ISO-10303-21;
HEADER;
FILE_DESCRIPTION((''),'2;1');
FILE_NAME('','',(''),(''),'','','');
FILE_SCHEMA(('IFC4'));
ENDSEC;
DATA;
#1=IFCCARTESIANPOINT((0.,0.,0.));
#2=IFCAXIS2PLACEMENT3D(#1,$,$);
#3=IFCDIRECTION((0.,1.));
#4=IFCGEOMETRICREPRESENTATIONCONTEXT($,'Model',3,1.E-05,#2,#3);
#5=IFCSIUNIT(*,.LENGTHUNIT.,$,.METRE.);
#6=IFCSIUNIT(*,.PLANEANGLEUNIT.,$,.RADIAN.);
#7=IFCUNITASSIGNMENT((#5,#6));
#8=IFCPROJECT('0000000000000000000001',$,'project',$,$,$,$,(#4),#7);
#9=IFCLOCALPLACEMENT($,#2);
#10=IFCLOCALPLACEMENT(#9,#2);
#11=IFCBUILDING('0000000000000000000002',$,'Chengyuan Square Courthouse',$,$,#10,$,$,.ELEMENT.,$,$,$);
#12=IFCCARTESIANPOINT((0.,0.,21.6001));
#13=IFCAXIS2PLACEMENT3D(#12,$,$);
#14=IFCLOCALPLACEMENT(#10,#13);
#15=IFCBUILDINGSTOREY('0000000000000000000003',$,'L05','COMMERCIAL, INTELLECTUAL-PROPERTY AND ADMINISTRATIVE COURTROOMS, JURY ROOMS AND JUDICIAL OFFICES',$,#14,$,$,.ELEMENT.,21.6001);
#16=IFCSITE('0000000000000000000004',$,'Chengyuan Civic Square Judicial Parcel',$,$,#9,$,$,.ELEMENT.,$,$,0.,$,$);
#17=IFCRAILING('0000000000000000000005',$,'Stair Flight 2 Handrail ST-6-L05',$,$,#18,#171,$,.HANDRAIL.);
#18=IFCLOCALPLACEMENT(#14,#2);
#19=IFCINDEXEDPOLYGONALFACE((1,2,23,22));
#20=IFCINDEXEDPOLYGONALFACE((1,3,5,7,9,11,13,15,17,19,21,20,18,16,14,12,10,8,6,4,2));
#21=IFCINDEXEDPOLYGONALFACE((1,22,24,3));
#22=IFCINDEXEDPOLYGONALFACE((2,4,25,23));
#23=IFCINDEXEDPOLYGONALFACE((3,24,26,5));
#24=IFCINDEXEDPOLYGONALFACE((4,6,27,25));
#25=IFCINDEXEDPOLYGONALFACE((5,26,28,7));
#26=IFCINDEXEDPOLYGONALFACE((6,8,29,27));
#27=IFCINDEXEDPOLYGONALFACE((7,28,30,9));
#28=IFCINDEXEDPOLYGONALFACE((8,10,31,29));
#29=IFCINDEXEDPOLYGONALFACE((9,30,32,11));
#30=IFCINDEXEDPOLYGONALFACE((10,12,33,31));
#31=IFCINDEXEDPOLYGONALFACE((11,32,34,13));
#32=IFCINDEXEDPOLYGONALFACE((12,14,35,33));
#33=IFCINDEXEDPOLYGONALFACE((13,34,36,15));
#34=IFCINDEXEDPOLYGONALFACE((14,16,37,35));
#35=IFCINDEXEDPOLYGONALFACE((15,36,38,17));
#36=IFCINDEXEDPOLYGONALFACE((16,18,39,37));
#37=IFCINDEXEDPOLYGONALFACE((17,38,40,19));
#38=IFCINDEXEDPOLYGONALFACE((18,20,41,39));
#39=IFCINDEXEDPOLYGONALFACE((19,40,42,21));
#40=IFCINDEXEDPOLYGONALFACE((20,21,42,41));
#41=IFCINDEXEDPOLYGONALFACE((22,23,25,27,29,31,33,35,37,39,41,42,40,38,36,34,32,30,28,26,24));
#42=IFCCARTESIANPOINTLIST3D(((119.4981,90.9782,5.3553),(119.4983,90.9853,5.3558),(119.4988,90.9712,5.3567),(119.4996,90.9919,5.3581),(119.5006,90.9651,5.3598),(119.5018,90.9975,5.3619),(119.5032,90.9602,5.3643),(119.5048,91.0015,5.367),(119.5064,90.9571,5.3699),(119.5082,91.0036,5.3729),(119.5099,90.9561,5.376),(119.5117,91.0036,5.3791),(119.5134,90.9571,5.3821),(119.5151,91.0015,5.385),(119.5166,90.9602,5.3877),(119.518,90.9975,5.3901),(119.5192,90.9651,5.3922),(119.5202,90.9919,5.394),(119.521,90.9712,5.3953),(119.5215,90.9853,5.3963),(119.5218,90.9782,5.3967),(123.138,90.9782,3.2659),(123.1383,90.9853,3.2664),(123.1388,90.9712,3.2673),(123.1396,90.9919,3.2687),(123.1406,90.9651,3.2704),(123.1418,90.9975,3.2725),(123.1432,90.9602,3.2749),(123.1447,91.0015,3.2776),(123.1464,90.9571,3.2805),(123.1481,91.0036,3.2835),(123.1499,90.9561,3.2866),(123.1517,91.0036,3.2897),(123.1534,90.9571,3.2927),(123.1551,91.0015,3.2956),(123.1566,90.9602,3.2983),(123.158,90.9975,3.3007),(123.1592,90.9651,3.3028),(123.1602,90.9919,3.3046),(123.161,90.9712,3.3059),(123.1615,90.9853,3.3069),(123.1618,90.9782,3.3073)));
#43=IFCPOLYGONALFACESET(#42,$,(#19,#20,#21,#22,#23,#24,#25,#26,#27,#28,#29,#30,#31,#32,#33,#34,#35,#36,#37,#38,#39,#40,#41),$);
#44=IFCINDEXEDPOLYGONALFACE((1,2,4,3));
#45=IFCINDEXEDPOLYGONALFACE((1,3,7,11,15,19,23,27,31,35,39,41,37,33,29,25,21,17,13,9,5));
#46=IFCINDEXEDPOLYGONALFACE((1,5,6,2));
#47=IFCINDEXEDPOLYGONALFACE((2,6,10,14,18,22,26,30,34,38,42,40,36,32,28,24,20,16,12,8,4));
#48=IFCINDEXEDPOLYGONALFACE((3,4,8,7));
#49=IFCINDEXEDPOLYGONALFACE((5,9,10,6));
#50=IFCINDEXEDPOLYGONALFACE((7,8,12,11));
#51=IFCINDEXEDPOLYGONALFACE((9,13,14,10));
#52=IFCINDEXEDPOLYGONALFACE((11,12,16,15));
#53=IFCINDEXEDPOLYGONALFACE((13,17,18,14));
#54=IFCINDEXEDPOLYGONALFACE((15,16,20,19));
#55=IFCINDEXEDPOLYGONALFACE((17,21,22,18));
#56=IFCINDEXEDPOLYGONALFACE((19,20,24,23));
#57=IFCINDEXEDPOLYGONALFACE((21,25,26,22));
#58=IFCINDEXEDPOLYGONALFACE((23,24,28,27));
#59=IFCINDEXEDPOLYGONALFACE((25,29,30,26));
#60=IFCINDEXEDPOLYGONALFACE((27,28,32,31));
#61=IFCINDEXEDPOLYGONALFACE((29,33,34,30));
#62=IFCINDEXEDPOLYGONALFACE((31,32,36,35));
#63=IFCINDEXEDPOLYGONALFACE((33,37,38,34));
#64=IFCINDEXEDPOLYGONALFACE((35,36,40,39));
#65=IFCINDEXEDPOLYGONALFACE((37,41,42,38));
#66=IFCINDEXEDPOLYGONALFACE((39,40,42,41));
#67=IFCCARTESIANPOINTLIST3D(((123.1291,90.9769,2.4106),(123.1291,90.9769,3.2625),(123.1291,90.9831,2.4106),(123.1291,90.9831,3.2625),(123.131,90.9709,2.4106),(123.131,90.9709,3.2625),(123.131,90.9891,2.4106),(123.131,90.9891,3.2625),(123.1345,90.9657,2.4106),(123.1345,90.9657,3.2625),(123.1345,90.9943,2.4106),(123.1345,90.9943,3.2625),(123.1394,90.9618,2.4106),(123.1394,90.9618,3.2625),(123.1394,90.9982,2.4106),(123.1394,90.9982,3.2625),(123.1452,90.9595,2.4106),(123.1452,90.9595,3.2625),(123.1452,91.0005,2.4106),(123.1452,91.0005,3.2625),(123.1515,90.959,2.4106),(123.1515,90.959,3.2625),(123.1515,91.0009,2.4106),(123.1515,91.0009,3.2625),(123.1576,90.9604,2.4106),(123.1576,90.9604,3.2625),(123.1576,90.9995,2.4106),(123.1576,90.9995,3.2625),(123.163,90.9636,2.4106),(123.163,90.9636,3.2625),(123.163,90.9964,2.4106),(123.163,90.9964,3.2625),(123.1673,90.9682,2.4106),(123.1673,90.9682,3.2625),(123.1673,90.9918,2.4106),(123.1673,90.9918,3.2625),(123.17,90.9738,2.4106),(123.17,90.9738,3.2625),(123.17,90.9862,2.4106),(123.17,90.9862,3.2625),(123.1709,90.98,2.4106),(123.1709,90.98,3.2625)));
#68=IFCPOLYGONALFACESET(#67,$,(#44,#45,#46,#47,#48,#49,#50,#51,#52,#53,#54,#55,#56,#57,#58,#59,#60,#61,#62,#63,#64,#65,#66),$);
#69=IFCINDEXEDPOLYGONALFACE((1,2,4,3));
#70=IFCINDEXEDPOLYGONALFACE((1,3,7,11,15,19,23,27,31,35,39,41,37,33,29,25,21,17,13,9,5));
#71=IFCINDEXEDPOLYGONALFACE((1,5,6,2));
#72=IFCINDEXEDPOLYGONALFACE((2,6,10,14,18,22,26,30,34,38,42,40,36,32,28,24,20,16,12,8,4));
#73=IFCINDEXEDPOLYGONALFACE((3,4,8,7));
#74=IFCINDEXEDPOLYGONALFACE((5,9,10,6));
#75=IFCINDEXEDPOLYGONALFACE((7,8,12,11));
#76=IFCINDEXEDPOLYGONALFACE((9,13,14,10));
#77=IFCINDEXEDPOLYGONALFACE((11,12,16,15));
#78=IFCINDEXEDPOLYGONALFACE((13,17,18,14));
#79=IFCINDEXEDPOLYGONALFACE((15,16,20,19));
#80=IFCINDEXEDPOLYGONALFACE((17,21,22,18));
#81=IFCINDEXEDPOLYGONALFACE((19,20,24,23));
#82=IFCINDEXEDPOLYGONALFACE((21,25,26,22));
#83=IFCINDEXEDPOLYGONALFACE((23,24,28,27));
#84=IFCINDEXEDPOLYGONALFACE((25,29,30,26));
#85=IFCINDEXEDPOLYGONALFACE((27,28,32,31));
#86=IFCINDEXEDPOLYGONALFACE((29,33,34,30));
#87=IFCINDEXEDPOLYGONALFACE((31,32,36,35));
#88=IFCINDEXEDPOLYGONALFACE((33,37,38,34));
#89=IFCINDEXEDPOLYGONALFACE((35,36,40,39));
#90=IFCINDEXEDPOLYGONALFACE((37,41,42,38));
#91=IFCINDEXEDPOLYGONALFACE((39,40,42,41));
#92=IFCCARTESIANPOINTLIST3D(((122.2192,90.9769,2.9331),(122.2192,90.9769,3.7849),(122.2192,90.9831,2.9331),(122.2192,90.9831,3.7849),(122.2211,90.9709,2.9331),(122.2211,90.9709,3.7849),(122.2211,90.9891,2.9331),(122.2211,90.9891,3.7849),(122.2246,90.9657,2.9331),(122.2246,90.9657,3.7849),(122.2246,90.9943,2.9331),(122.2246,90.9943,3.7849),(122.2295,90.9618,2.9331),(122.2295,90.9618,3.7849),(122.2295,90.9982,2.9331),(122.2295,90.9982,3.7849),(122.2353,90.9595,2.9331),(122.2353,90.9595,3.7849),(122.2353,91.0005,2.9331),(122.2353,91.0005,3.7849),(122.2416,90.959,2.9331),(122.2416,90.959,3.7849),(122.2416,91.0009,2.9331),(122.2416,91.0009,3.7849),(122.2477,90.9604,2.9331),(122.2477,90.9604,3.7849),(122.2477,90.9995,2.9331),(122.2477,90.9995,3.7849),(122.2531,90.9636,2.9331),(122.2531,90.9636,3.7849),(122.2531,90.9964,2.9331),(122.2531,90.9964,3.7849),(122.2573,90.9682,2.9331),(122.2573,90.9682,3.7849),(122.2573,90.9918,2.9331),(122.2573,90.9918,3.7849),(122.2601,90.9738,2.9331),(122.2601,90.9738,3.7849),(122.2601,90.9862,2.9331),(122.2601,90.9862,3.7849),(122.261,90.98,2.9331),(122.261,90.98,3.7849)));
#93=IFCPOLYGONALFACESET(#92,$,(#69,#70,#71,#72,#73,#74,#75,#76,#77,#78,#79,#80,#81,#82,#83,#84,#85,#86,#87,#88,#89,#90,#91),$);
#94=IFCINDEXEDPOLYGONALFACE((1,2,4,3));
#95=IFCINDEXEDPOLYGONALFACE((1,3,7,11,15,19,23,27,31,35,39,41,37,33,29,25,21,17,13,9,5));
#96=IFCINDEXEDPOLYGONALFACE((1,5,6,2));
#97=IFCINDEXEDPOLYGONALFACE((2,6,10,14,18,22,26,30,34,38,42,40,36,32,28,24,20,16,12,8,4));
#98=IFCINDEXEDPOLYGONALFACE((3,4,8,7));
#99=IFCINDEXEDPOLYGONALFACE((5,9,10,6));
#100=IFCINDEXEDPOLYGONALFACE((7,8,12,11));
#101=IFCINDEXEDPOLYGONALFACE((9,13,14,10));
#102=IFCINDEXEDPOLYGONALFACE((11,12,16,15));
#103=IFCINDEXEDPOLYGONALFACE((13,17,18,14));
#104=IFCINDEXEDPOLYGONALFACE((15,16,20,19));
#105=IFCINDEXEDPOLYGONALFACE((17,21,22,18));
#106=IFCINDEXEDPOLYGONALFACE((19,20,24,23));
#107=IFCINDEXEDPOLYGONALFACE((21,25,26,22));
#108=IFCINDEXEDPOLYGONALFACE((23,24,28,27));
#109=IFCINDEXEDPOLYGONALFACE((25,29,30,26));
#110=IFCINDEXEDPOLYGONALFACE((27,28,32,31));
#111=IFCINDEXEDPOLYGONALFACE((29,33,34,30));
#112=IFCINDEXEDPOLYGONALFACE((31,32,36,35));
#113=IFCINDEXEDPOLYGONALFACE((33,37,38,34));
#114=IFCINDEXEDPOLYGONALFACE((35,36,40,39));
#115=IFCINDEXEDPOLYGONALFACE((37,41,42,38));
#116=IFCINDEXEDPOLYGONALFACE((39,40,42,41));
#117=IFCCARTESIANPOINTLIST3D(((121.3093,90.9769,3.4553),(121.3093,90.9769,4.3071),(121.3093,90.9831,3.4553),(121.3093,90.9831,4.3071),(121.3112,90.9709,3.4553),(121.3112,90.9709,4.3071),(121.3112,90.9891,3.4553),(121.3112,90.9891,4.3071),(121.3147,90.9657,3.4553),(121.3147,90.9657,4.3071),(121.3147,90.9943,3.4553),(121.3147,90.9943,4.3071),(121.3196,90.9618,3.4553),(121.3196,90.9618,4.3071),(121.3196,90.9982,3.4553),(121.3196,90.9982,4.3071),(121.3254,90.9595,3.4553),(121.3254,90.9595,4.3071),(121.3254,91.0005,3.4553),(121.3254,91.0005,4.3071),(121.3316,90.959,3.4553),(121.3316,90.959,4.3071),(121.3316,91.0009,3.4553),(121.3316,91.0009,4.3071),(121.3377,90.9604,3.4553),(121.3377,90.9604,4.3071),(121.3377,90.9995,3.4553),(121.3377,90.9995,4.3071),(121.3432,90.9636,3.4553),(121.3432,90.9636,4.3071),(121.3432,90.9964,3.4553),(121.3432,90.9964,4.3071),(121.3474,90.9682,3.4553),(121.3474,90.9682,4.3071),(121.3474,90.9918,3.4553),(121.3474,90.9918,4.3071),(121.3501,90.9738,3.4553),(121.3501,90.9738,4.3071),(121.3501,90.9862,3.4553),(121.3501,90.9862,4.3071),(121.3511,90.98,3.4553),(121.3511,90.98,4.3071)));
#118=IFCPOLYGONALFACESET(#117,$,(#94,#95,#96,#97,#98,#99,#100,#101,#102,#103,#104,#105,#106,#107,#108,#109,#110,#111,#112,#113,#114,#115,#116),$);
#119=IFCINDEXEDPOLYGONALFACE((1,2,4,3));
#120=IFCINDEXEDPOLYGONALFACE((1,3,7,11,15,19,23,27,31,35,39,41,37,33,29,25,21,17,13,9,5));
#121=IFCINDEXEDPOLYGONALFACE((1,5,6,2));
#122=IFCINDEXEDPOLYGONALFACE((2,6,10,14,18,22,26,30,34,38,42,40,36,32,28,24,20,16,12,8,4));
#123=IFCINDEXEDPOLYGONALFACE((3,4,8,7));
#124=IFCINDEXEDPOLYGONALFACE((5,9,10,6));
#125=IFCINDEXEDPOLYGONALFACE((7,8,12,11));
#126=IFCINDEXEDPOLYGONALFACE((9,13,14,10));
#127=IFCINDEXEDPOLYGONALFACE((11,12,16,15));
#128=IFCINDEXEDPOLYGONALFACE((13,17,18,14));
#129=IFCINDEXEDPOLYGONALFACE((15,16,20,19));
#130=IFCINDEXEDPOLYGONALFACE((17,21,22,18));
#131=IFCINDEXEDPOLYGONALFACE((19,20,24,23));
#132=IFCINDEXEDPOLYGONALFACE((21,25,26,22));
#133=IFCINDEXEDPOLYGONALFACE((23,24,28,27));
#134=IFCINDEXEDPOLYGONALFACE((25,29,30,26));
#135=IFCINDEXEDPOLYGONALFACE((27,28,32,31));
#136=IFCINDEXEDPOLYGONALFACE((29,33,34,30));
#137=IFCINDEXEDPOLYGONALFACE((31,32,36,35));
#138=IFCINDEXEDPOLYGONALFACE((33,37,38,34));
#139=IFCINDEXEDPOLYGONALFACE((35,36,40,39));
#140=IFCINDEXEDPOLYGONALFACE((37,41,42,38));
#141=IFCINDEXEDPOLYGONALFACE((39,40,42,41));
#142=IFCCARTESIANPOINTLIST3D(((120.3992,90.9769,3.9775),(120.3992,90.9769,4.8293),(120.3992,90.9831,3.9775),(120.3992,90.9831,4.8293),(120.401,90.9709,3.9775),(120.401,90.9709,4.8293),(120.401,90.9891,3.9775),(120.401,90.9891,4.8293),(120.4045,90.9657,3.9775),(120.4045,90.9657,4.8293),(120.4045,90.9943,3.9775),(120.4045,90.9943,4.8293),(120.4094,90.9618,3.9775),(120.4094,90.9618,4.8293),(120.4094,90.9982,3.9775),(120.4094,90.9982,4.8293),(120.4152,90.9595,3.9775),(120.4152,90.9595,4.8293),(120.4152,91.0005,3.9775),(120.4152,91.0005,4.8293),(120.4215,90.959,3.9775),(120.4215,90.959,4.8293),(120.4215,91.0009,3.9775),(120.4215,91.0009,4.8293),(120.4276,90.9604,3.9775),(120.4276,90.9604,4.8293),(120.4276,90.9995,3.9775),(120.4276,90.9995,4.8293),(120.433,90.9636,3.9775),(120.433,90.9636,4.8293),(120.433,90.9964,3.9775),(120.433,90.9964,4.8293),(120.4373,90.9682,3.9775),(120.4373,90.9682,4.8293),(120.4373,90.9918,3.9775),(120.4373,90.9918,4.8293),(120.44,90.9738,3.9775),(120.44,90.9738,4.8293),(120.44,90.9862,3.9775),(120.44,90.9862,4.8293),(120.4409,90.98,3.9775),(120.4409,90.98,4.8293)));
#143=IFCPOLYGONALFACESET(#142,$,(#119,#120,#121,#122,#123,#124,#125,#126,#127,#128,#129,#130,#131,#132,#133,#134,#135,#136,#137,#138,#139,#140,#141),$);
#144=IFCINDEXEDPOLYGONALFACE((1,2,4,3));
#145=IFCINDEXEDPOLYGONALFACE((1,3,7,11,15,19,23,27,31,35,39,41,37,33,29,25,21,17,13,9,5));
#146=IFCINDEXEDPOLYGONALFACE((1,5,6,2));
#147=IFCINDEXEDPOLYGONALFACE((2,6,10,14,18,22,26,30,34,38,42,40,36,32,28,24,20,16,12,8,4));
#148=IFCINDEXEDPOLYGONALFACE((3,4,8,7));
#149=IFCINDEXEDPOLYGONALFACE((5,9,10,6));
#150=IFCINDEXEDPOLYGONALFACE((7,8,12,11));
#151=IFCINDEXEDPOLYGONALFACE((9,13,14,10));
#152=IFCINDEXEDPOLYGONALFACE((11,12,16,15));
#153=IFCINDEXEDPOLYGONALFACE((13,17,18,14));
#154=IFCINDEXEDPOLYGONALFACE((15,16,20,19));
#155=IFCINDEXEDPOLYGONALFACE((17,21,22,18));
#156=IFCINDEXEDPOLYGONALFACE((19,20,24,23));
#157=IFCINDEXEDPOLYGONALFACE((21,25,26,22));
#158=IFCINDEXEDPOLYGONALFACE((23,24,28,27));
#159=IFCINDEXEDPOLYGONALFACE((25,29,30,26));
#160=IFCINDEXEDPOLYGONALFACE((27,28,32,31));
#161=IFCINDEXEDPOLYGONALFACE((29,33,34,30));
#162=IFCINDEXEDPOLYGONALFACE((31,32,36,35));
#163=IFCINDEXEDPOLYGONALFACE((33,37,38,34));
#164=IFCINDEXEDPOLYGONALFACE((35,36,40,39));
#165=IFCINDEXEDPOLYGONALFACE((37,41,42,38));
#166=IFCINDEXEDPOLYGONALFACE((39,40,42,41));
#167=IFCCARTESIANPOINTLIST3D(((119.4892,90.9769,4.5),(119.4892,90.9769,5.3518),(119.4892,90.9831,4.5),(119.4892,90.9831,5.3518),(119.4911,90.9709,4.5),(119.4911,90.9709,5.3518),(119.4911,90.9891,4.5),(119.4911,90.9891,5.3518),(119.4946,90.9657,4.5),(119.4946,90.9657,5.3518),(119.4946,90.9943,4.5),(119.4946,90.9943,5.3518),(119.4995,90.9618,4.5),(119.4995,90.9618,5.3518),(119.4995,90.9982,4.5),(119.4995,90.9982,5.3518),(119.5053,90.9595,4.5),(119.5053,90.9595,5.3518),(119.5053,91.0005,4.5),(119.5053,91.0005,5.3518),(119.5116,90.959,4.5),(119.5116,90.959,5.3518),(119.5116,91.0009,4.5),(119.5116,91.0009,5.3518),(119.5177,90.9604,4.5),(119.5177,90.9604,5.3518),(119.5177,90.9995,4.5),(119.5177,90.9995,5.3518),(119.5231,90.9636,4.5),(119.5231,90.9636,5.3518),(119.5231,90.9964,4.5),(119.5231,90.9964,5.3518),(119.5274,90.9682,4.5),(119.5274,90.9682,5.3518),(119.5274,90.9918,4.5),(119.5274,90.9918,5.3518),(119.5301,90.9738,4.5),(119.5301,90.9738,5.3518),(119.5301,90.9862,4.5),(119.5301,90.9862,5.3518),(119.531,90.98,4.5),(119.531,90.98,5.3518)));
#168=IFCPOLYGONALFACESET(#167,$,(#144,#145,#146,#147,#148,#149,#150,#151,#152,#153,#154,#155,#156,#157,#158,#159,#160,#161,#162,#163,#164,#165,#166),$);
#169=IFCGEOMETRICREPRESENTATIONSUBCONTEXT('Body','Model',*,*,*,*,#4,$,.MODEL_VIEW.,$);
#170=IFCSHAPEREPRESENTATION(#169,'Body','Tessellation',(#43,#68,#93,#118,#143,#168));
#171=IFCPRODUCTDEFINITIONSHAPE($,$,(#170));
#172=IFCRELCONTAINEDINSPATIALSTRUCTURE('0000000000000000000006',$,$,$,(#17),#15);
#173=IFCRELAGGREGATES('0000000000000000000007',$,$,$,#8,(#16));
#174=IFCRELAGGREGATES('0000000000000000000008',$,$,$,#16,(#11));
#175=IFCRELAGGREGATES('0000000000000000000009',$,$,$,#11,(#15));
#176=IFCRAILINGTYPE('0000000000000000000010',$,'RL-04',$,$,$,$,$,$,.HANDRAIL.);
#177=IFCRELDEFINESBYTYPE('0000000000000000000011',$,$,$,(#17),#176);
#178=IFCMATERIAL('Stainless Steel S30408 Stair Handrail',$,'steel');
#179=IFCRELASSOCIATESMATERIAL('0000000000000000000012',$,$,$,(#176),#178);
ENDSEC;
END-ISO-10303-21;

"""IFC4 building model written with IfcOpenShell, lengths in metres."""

from ifc_helpers import new_model, si_unit, direction, frame, origin, origin_2d, place, context, subcontext, project, spatial, circle, extrude, material, type_object, element, save


model = new_model("IFC4")

# Units and contexts
model_context = context("Model", 3, precision=1e-05, world=origin(), true_north=direction((0.0, 1.0)))
body_context = subcontext(model_context, "Body", "Model", "MODEL_VIEW")
ifc_project = project(units=[si_unit("LENGTHUNIT", "METRE"), si_unit("PLANEANGLEUNIT", "RADIAN")], contexts=[model_context])

# Site, building, storey
site_placement = place(None, origin())
site = spatial("IfcSite", under=ifc_project, at=site_placement, Name="Chengyuan Civic Square Judicial Parcel", CompositionType="ELEMENT", RefElevation=0.0)
building_placement = place(site_placement, origin())
building = spatial("IfcBuilding", under=site, at=building_placement, Name="Chengyuan Square Courthouse", CompositionType="ELEMENT")
storey_placement = place(building_placement, frame((0.0, 0.0, 21.6001)))
storey = spatial("IfcBuildingStorey", under=building, at=storey_placement, Name="L05", Description="COMMERCIAL, INTELLECTUAL-PROPERTY AND ADMINISTRATIVE COURTROOMS, JURY ROOMS AND JUDICIAL OFFICES", CompositionType="ELEMENT", Elevation=21.6001)

# Railing
ifc_material_1 = material(Name="Stainless Steel S30408 Stair Handrail", Category="steel")
railing_type_1 = type_object("IfcRailingType", Name="RL-04", PredefinedType="HANDRAIL", material=ifc_material_1)
railing_1_placement = place(storey_placement, frame((123.1499, 90.98, 2.4106)))
element("IfcRailing", 1, at=railing_1_placement, inside=storey, type_object=railing_type_1, Name="Stair Flight 2 Handrail ST-6-L05", PredefinedType="HANDRAIL", context=body_context, shape_type="SweptSolid", body=[
    extrude(circle(Radius=0.0239, at=origin_2d()), frame((0.0, 0.0, 0.876), z_axis=(-0.867275, 0.0, 0.497829), x_axis=(0.0, -1.0, 0.0)), (0.0, 0.0, 1.0), 4.197),
    extrude(circle(Radius=0.021, at=origin_2d()), origin(), (0.0, 0.0, 1.0), 0.8518),
    extrude(circle(Radius=0.021, at=origin_2d()), frame((-0.9099, 0.0, 0.5225)), (0.0, 0.0, 1.0), 0.8518),
    extrude(circle(Radius=0.021, at=origin_2d()), frame((-1.8198, 0.0, 1.0447)), (0.0, 0.0, 1.0), 0.8518),
    extrude(circle(Radius=0.021, at=origin_2d()), frame((-2.73, 0.0, 1.5669)), (0.0, 0.0, 1.0), 0.8518),
    extrude(circle(Radius=0.021, at=origin_2d()), frame((-3.6399, 0.0, 2.0894)), (0.0, 0.0, 1.0), 0.8518),
])

save(model, "model.ifc")
